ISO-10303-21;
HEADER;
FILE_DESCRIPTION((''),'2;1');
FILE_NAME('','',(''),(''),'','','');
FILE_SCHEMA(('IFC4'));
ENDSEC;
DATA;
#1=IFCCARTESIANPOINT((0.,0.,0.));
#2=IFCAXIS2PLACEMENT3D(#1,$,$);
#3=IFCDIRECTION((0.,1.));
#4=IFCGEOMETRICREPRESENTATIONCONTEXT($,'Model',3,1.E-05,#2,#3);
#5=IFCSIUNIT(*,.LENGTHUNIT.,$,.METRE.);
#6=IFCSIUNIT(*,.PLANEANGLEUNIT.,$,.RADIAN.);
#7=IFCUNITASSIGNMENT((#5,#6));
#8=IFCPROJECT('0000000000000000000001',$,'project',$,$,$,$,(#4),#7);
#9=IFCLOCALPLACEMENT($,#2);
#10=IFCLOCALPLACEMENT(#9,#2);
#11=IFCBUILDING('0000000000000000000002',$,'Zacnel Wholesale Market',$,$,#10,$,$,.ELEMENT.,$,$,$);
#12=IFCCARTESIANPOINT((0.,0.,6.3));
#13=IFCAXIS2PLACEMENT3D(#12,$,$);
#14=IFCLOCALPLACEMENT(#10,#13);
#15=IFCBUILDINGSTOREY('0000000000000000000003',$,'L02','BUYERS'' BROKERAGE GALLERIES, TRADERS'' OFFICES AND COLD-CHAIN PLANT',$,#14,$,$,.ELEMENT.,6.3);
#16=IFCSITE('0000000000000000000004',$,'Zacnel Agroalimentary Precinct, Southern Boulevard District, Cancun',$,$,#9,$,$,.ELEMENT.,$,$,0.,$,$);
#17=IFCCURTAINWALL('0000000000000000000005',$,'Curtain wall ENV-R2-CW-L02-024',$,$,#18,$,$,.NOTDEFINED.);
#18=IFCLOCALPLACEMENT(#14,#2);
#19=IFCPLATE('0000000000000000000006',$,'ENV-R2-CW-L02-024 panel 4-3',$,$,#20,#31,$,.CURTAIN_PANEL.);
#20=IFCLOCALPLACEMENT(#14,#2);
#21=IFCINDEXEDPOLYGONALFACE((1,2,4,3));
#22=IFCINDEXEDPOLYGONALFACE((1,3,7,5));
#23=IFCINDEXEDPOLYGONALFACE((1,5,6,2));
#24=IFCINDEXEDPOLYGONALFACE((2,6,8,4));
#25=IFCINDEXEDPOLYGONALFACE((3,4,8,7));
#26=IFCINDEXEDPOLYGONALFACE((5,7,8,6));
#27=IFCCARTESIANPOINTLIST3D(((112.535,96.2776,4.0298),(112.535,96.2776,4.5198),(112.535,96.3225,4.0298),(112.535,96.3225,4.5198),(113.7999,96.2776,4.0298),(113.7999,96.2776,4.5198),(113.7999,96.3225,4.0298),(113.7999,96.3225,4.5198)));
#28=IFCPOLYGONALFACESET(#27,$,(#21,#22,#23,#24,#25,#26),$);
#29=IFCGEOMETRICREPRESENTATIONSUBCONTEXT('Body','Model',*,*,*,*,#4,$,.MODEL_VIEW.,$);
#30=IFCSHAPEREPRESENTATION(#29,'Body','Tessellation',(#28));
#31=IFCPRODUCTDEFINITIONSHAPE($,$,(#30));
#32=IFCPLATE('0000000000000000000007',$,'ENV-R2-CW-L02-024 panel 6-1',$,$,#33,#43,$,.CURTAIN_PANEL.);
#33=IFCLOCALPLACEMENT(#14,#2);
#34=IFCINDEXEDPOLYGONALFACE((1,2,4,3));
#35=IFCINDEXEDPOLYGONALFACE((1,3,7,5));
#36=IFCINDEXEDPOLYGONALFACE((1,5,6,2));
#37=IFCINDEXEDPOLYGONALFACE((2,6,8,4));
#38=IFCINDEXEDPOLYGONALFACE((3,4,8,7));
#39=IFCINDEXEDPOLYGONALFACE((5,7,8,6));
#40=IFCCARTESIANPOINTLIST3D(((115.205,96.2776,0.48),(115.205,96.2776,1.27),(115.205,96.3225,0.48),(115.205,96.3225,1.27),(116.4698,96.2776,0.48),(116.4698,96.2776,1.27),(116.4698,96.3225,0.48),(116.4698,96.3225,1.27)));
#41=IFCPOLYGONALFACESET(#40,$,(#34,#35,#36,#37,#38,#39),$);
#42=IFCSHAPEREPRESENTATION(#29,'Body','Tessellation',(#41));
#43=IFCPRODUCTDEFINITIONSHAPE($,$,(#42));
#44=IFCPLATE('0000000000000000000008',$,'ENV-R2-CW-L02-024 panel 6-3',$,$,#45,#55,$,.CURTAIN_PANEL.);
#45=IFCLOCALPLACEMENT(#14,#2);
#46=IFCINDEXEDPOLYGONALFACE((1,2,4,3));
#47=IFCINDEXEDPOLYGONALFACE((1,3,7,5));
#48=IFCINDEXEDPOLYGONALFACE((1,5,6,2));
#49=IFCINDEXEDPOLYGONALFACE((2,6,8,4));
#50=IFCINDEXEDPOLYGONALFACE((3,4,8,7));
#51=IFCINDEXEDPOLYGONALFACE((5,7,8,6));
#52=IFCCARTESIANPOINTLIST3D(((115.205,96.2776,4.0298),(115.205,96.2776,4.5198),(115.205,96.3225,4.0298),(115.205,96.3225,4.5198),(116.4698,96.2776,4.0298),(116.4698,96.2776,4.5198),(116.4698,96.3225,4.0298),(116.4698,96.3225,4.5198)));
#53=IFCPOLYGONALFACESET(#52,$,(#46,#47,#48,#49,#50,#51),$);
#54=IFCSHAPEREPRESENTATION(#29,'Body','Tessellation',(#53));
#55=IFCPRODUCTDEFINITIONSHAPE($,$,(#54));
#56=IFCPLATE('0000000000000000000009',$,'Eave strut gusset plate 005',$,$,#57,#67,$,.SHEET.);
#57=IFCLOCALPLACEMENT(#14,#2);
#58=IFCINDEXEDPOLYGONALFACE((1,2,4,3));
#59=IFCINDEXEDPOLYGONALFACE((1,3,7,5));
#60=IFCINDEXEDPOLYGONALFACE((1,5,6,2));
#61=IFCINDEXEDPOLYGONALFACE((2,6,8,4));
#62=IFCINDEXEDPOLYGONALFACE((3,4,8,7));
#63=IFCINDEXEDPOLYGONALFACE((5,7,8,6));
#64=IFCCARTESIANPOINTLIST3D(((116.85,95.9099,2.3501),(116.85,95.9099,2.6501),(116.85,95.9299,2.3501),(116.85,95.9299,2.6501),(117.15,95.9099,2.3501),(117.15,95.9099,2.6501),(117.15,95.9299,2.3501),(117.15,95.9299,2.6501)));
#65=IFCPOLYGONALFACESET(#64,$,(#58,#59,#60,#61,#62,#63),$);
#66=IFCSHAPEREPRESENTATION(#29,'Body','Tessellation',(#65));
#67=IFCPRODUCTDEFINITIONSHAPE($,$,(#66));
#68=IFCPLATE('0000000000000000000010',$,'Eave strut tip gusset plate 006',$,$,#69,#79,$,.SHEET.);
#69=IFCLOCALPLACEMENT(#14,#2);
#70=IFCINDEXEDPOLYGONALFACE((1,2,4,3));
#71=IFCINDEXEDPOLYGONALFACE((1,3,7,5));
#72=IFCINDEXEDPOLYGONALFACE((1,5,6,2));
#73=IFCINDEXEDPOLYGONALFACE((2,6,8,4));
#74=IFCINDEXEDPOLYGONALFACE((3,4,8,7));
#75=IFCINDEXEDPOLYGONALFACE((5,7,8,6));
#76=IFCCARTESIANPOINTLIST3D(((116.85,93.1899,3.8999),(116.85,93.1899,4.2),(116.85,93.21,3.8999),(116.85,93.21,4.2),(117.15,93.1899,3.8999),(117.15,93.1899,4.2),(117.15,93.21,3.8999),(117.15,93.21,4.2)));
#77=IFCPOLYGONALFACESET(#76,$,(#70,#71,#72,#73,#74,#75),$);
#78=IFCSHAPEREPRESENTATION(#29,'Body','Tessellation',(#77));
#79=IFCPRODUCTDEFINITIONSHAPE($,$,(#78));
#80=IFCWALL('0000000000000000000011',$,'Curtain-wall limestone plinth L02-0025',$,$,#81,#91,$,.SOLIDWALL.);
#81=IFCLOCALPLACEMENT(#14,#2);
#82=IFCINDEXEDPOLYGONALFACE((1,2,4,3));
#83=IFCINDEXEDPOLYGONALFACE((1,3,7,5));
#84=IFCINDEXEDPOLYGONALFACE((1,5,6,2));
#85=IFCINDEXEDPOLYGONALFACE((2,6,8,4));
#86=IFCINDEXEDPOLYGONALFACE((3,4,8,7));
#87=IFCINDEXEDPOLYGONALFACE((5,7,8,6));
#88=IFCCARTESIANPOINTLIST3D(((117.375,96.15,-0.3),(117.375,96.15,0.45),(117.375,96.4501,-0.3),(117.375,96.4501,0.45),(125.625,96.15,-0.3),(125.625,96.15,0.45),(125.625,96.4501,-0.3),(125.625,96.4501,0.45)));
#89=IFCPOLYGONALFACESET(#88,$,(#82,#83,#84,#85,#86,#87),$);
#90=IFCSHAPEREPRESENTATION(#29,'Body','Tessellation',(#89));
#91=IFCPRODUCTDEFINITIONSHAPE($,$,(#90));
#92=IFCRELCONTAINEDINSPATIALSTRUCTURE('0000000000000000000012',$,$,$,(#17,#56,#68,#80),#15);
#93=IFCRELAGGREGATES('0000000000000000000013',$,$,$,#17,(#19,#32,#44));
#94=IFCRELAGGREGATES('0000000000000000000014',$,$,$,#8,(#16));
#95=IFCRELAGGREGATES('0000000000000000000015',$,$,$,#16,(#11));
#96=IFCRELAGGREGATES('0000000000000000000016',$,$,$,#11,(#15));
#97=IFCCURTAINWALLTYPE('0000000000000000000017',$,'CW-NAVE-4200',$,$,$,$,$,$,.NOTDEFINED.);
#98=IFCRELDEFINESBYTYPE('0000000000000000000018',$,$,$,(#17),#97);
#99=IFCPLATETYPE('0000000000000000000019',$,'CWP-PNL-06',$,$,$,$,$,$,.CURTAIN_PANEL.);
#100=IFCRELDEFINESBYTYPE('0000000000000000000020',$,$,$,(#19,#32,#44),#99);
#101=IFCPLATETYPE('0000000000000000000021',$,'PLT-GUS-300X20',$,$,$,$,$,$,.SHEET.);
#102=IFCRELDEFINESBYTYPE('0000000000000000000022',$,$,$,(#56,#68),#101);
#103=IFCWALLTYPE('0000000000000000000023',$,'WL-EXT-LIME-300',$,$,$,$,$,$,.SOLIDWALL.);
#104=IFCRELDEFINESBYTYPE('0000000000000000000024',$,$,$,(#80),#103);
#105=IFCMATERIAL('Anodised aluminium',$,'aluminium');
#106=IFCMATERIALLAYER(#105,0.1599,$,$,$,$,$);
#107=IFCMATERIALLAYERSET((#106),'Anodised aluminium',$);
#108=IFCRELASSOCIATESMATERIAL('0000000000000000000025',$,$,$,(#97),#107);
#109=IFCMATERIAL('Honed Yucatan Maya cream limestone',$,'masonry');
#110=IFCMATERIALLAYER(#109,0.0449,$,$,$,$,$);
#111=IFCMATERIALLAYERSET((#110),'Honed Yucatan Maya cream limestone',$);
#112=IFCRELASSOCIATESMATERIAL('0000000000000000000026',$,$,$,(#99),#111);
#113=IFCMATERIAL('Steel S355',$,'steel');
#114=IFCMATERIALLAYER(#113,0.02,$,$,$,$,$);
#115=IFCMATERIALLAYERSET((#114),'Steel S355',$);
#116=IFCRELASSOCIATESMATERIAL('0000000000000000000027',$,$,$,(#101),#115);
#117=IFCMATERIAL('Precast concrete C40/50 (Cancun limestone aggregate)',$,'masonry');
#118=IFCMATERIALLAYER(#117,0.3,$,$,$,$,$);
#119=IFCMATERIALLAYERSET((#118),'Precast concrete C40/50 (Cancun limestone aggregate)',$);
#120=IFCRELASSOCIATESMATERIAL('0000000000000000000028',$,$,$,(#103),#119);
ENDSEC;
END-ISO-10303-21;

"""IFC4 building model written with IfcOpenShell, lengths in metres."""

from ifc_helpers import new_model, si_unit, direction, frame, frame_2d, origin, origin_2d, place, context, subcontext, project, spatial, rectangle, extrude, material, layer, layer_set, type_object, element, aggregate, save


model = new_model("IFC4")

# Units and contexts
model_context = context("Model", 3, precision=1e-05, world=origin(), true_north=direction((0.0, 1.0)))
body_context = subcontext(model_context, "Body", "Model", "MODEL_VIEW")
ifc_project = project(units=[si_unit("LENGTHUNIT", "METRE"), si_unit("PLANEANGLEUNIT", "RADIAN")], contexts=[model_context])

# Site, building, storey
site_placement = place(None, origin())
site = spatial("IfcSite", under=ifc_project, at=site_placement, Name="Zacnel Agroalimentary Precinct, Southern Boulevard District, Cancun", CompositionType="ELEMENT", RefElevation=0.0)
building_placement = place(site_placement, origin())
building = spatial("IfcBuilding", under=site, at=building_placement, Name="Zacnel Wholesale Market", CompositionType="ELEMENT")
storey_placement = place(building_placement, frame((0.0, 0.0, 6.3)))
storey = spatial("IfcBuildingStorey", under=building, at=storey_placement, Name="L02", Description="BUYERS' BROKERAGE GALLERIES, TRADERS' OFFICES AND COLD-CHAIN PLANT", CompositionType="ELEMENT", Elevation=6.3)

# Curtain wall
ifc_material_1 = material(Name="Anodised aluminium", Category="aluminium")
ifc_layer_1 = layer(ifc_material_1, 0.1599)
ifc_layer_set_1 = layer_set([ifc_layer_1], Name="Anodised aluminium")
curtain_wall_type = type_object("IfcCurtainWallType", Name="CW-NAVE-4200", PredefinedType="NOTDEFINED", material=ifc_layer_set_1)
curtain_wall_1_placement = place(storey_placement, origin())
curtain_wall_1 = element("IfcCurtainWall", 1, at=curtain_wall_1_placement, inside=storey, type_object=curtain_wall_type, Name="Curtain wall ENV-R2-CW-L02-024", PredefinedType="NOTDEFINED")

# Plates
ifc_material_2 = material(Name="Honed Yucatan Maya cream limestone", Category="masonry")
ifc_layer_2 = layer(ifc_material_2, 0.0449)
ifc_layer_set_2 = layer_set([ifc_layer_2], Name="Honed Yucatan Maya cream limestone")
plate_type_1 = type_object("IfcPlateType", Name="CWP-PNL-06", PredefinedType="CURTAIN_PANEL", material=ifc_layer_set_2)
plate_1_placement = place(storey_placement, frame((113.1675, 96.3, 4.0298), z_axis=(0.0, 0.0, 1.0), x_axis=(1.0, 0.0, 0.0)))
plate_1 = element("IfcPlate", 2, at=plate_1_placement, type_object=plate_type_1, Name="ENV-R2-CW-L02-024 panel 4-3", PredefinedType="CURTAIN_PANEL", context=body_context, shape_type="SweptSolid", body=[
    extrude(rectangle(XDim=1.2649, YDim=0.0449, at=origin_2d()), origin(), (0.0, 0.0, 1.0), 0.49),
])
plate_2_placement = place(storey_placement, frame((115.8374, 96.3, 0.48), z_axis=(0.0, 0.0, 1.0), x_axis=(1.0, 0.0, 0.0)))
plate_2 = element("IfcPlate", 3, at=plate_2_placement, type_object=plate_type_1, Name="ENV-R2-CW-L02-024 panel 6-1", PredefinedType="CURTAIN_PANEL", context=body_context, shape_type="SweptSolid", body=[
    extrude(rectangle(XDim=1.2649, YDim=0.0449, at=origin_2d()), origin(), (0.0, 0.0, 1.0), 0.79),
])
plate_3_placement = place(storey_placement, frame((115.8374, 96.3, 4.0298), z_axis=(0.0, 0.0, 1.0), x_axis=(1.0, 0.0, 0.0)))
plate_3 = element("IfcPlate", 4, at=plate_3_placement, type_object=plate_type_1, Name="ENV-R2-CW-L02-024 panel 6-3", PredefinedType="CURTAIN_PANEL", context=body_context, shape_type="SweptSolid", body=[
    extrude(rectangle(XDim=1.2649, YDim=0.0449, at=origin_2d()), origin(), (0.0, 0.0, 1.0), 0.49),
])
aggregate(curtain_wall_1, [plate_1, plate_2, plate_3])

# Plates
ifc_material_3 = material(Name="Steel S355", Category="steel")
ifc_layer_3 = layer(ifc_material_3, 0.02)
ifc_layer_set_3 = layer_set([ifc_layer_3], Name="Steel S355")
plate_type_2 = type_object("IfcPlateType", Name="PLT-GUS-300X20", PredefinedType="SHEET", material=ifc_layer_set_3)
for number, where, z_axis, x_axis, name in (
    (5, (117.0, 95.9199, 2.3501), (0.0, 0.0, 1.0), (1.0, 0.0, 0.0), "Eave strut gusset plate 005"),
    (6, (117.0, 93.2, 3.8999), (0.0, 0.0, 1.0), (1.0, 0.0, 0.0), "Eave strut tip gusset plate 006"),
):
    element("IfcPlate", number, at=place(storey_placement, frame(where, z_axis=z_axis, x_axis=x_axis)), inside=storey, type_object=plate_type_2, Name=name, PredefinedType="SHEET", context=body_context, shape_type="SweptSolid", body=[
        extrude(rectangle(XDim=0.3, YDim=0.02, at=origin_2d()), origin(), (0.0, 0.0, 1.0), 0.3),
    ])

# Wall
ifc_material_4 = material(Name="Precast concrete C40/50 (Cancun limestone aggregate)", Category="masonry")
ifc_layer_4 = layer(ifc_material_4, 0.3)
ifc_layer_set_4 = layer_set([ifc_layer_4], Name="Precast concrete C40/50 (Cancun limestone aggregate)")
wall_type = type_object("IfcWallType", Name="WL-EXT-LIME-300", PredefinedType="SOLIDWALL", material=ifc_layer_set_4)
wall_placement = place(storey_placement, frame((117.375, 96.3, -0.3), z_axis=(0.0, 0.0, 1.0), x_axis=(1.0, 0.0, 0.0)))
element("IfcWall", 7, at=wall_placement, inside=storey, type_object=wall_type, Name="Curtain-wall limestone plinth L02-0025", PredefinedType="SOLIDWALL", context=body_context, shape_type="SweptSolid", body=[
    extrude(rectangle(XDim=8.25, YDim=0.3, at=frame_2d((4.125, 0.0))), origin(), (0.0, 0.0, 1.0), 0.75),
])

save(model, "model.ifc")
